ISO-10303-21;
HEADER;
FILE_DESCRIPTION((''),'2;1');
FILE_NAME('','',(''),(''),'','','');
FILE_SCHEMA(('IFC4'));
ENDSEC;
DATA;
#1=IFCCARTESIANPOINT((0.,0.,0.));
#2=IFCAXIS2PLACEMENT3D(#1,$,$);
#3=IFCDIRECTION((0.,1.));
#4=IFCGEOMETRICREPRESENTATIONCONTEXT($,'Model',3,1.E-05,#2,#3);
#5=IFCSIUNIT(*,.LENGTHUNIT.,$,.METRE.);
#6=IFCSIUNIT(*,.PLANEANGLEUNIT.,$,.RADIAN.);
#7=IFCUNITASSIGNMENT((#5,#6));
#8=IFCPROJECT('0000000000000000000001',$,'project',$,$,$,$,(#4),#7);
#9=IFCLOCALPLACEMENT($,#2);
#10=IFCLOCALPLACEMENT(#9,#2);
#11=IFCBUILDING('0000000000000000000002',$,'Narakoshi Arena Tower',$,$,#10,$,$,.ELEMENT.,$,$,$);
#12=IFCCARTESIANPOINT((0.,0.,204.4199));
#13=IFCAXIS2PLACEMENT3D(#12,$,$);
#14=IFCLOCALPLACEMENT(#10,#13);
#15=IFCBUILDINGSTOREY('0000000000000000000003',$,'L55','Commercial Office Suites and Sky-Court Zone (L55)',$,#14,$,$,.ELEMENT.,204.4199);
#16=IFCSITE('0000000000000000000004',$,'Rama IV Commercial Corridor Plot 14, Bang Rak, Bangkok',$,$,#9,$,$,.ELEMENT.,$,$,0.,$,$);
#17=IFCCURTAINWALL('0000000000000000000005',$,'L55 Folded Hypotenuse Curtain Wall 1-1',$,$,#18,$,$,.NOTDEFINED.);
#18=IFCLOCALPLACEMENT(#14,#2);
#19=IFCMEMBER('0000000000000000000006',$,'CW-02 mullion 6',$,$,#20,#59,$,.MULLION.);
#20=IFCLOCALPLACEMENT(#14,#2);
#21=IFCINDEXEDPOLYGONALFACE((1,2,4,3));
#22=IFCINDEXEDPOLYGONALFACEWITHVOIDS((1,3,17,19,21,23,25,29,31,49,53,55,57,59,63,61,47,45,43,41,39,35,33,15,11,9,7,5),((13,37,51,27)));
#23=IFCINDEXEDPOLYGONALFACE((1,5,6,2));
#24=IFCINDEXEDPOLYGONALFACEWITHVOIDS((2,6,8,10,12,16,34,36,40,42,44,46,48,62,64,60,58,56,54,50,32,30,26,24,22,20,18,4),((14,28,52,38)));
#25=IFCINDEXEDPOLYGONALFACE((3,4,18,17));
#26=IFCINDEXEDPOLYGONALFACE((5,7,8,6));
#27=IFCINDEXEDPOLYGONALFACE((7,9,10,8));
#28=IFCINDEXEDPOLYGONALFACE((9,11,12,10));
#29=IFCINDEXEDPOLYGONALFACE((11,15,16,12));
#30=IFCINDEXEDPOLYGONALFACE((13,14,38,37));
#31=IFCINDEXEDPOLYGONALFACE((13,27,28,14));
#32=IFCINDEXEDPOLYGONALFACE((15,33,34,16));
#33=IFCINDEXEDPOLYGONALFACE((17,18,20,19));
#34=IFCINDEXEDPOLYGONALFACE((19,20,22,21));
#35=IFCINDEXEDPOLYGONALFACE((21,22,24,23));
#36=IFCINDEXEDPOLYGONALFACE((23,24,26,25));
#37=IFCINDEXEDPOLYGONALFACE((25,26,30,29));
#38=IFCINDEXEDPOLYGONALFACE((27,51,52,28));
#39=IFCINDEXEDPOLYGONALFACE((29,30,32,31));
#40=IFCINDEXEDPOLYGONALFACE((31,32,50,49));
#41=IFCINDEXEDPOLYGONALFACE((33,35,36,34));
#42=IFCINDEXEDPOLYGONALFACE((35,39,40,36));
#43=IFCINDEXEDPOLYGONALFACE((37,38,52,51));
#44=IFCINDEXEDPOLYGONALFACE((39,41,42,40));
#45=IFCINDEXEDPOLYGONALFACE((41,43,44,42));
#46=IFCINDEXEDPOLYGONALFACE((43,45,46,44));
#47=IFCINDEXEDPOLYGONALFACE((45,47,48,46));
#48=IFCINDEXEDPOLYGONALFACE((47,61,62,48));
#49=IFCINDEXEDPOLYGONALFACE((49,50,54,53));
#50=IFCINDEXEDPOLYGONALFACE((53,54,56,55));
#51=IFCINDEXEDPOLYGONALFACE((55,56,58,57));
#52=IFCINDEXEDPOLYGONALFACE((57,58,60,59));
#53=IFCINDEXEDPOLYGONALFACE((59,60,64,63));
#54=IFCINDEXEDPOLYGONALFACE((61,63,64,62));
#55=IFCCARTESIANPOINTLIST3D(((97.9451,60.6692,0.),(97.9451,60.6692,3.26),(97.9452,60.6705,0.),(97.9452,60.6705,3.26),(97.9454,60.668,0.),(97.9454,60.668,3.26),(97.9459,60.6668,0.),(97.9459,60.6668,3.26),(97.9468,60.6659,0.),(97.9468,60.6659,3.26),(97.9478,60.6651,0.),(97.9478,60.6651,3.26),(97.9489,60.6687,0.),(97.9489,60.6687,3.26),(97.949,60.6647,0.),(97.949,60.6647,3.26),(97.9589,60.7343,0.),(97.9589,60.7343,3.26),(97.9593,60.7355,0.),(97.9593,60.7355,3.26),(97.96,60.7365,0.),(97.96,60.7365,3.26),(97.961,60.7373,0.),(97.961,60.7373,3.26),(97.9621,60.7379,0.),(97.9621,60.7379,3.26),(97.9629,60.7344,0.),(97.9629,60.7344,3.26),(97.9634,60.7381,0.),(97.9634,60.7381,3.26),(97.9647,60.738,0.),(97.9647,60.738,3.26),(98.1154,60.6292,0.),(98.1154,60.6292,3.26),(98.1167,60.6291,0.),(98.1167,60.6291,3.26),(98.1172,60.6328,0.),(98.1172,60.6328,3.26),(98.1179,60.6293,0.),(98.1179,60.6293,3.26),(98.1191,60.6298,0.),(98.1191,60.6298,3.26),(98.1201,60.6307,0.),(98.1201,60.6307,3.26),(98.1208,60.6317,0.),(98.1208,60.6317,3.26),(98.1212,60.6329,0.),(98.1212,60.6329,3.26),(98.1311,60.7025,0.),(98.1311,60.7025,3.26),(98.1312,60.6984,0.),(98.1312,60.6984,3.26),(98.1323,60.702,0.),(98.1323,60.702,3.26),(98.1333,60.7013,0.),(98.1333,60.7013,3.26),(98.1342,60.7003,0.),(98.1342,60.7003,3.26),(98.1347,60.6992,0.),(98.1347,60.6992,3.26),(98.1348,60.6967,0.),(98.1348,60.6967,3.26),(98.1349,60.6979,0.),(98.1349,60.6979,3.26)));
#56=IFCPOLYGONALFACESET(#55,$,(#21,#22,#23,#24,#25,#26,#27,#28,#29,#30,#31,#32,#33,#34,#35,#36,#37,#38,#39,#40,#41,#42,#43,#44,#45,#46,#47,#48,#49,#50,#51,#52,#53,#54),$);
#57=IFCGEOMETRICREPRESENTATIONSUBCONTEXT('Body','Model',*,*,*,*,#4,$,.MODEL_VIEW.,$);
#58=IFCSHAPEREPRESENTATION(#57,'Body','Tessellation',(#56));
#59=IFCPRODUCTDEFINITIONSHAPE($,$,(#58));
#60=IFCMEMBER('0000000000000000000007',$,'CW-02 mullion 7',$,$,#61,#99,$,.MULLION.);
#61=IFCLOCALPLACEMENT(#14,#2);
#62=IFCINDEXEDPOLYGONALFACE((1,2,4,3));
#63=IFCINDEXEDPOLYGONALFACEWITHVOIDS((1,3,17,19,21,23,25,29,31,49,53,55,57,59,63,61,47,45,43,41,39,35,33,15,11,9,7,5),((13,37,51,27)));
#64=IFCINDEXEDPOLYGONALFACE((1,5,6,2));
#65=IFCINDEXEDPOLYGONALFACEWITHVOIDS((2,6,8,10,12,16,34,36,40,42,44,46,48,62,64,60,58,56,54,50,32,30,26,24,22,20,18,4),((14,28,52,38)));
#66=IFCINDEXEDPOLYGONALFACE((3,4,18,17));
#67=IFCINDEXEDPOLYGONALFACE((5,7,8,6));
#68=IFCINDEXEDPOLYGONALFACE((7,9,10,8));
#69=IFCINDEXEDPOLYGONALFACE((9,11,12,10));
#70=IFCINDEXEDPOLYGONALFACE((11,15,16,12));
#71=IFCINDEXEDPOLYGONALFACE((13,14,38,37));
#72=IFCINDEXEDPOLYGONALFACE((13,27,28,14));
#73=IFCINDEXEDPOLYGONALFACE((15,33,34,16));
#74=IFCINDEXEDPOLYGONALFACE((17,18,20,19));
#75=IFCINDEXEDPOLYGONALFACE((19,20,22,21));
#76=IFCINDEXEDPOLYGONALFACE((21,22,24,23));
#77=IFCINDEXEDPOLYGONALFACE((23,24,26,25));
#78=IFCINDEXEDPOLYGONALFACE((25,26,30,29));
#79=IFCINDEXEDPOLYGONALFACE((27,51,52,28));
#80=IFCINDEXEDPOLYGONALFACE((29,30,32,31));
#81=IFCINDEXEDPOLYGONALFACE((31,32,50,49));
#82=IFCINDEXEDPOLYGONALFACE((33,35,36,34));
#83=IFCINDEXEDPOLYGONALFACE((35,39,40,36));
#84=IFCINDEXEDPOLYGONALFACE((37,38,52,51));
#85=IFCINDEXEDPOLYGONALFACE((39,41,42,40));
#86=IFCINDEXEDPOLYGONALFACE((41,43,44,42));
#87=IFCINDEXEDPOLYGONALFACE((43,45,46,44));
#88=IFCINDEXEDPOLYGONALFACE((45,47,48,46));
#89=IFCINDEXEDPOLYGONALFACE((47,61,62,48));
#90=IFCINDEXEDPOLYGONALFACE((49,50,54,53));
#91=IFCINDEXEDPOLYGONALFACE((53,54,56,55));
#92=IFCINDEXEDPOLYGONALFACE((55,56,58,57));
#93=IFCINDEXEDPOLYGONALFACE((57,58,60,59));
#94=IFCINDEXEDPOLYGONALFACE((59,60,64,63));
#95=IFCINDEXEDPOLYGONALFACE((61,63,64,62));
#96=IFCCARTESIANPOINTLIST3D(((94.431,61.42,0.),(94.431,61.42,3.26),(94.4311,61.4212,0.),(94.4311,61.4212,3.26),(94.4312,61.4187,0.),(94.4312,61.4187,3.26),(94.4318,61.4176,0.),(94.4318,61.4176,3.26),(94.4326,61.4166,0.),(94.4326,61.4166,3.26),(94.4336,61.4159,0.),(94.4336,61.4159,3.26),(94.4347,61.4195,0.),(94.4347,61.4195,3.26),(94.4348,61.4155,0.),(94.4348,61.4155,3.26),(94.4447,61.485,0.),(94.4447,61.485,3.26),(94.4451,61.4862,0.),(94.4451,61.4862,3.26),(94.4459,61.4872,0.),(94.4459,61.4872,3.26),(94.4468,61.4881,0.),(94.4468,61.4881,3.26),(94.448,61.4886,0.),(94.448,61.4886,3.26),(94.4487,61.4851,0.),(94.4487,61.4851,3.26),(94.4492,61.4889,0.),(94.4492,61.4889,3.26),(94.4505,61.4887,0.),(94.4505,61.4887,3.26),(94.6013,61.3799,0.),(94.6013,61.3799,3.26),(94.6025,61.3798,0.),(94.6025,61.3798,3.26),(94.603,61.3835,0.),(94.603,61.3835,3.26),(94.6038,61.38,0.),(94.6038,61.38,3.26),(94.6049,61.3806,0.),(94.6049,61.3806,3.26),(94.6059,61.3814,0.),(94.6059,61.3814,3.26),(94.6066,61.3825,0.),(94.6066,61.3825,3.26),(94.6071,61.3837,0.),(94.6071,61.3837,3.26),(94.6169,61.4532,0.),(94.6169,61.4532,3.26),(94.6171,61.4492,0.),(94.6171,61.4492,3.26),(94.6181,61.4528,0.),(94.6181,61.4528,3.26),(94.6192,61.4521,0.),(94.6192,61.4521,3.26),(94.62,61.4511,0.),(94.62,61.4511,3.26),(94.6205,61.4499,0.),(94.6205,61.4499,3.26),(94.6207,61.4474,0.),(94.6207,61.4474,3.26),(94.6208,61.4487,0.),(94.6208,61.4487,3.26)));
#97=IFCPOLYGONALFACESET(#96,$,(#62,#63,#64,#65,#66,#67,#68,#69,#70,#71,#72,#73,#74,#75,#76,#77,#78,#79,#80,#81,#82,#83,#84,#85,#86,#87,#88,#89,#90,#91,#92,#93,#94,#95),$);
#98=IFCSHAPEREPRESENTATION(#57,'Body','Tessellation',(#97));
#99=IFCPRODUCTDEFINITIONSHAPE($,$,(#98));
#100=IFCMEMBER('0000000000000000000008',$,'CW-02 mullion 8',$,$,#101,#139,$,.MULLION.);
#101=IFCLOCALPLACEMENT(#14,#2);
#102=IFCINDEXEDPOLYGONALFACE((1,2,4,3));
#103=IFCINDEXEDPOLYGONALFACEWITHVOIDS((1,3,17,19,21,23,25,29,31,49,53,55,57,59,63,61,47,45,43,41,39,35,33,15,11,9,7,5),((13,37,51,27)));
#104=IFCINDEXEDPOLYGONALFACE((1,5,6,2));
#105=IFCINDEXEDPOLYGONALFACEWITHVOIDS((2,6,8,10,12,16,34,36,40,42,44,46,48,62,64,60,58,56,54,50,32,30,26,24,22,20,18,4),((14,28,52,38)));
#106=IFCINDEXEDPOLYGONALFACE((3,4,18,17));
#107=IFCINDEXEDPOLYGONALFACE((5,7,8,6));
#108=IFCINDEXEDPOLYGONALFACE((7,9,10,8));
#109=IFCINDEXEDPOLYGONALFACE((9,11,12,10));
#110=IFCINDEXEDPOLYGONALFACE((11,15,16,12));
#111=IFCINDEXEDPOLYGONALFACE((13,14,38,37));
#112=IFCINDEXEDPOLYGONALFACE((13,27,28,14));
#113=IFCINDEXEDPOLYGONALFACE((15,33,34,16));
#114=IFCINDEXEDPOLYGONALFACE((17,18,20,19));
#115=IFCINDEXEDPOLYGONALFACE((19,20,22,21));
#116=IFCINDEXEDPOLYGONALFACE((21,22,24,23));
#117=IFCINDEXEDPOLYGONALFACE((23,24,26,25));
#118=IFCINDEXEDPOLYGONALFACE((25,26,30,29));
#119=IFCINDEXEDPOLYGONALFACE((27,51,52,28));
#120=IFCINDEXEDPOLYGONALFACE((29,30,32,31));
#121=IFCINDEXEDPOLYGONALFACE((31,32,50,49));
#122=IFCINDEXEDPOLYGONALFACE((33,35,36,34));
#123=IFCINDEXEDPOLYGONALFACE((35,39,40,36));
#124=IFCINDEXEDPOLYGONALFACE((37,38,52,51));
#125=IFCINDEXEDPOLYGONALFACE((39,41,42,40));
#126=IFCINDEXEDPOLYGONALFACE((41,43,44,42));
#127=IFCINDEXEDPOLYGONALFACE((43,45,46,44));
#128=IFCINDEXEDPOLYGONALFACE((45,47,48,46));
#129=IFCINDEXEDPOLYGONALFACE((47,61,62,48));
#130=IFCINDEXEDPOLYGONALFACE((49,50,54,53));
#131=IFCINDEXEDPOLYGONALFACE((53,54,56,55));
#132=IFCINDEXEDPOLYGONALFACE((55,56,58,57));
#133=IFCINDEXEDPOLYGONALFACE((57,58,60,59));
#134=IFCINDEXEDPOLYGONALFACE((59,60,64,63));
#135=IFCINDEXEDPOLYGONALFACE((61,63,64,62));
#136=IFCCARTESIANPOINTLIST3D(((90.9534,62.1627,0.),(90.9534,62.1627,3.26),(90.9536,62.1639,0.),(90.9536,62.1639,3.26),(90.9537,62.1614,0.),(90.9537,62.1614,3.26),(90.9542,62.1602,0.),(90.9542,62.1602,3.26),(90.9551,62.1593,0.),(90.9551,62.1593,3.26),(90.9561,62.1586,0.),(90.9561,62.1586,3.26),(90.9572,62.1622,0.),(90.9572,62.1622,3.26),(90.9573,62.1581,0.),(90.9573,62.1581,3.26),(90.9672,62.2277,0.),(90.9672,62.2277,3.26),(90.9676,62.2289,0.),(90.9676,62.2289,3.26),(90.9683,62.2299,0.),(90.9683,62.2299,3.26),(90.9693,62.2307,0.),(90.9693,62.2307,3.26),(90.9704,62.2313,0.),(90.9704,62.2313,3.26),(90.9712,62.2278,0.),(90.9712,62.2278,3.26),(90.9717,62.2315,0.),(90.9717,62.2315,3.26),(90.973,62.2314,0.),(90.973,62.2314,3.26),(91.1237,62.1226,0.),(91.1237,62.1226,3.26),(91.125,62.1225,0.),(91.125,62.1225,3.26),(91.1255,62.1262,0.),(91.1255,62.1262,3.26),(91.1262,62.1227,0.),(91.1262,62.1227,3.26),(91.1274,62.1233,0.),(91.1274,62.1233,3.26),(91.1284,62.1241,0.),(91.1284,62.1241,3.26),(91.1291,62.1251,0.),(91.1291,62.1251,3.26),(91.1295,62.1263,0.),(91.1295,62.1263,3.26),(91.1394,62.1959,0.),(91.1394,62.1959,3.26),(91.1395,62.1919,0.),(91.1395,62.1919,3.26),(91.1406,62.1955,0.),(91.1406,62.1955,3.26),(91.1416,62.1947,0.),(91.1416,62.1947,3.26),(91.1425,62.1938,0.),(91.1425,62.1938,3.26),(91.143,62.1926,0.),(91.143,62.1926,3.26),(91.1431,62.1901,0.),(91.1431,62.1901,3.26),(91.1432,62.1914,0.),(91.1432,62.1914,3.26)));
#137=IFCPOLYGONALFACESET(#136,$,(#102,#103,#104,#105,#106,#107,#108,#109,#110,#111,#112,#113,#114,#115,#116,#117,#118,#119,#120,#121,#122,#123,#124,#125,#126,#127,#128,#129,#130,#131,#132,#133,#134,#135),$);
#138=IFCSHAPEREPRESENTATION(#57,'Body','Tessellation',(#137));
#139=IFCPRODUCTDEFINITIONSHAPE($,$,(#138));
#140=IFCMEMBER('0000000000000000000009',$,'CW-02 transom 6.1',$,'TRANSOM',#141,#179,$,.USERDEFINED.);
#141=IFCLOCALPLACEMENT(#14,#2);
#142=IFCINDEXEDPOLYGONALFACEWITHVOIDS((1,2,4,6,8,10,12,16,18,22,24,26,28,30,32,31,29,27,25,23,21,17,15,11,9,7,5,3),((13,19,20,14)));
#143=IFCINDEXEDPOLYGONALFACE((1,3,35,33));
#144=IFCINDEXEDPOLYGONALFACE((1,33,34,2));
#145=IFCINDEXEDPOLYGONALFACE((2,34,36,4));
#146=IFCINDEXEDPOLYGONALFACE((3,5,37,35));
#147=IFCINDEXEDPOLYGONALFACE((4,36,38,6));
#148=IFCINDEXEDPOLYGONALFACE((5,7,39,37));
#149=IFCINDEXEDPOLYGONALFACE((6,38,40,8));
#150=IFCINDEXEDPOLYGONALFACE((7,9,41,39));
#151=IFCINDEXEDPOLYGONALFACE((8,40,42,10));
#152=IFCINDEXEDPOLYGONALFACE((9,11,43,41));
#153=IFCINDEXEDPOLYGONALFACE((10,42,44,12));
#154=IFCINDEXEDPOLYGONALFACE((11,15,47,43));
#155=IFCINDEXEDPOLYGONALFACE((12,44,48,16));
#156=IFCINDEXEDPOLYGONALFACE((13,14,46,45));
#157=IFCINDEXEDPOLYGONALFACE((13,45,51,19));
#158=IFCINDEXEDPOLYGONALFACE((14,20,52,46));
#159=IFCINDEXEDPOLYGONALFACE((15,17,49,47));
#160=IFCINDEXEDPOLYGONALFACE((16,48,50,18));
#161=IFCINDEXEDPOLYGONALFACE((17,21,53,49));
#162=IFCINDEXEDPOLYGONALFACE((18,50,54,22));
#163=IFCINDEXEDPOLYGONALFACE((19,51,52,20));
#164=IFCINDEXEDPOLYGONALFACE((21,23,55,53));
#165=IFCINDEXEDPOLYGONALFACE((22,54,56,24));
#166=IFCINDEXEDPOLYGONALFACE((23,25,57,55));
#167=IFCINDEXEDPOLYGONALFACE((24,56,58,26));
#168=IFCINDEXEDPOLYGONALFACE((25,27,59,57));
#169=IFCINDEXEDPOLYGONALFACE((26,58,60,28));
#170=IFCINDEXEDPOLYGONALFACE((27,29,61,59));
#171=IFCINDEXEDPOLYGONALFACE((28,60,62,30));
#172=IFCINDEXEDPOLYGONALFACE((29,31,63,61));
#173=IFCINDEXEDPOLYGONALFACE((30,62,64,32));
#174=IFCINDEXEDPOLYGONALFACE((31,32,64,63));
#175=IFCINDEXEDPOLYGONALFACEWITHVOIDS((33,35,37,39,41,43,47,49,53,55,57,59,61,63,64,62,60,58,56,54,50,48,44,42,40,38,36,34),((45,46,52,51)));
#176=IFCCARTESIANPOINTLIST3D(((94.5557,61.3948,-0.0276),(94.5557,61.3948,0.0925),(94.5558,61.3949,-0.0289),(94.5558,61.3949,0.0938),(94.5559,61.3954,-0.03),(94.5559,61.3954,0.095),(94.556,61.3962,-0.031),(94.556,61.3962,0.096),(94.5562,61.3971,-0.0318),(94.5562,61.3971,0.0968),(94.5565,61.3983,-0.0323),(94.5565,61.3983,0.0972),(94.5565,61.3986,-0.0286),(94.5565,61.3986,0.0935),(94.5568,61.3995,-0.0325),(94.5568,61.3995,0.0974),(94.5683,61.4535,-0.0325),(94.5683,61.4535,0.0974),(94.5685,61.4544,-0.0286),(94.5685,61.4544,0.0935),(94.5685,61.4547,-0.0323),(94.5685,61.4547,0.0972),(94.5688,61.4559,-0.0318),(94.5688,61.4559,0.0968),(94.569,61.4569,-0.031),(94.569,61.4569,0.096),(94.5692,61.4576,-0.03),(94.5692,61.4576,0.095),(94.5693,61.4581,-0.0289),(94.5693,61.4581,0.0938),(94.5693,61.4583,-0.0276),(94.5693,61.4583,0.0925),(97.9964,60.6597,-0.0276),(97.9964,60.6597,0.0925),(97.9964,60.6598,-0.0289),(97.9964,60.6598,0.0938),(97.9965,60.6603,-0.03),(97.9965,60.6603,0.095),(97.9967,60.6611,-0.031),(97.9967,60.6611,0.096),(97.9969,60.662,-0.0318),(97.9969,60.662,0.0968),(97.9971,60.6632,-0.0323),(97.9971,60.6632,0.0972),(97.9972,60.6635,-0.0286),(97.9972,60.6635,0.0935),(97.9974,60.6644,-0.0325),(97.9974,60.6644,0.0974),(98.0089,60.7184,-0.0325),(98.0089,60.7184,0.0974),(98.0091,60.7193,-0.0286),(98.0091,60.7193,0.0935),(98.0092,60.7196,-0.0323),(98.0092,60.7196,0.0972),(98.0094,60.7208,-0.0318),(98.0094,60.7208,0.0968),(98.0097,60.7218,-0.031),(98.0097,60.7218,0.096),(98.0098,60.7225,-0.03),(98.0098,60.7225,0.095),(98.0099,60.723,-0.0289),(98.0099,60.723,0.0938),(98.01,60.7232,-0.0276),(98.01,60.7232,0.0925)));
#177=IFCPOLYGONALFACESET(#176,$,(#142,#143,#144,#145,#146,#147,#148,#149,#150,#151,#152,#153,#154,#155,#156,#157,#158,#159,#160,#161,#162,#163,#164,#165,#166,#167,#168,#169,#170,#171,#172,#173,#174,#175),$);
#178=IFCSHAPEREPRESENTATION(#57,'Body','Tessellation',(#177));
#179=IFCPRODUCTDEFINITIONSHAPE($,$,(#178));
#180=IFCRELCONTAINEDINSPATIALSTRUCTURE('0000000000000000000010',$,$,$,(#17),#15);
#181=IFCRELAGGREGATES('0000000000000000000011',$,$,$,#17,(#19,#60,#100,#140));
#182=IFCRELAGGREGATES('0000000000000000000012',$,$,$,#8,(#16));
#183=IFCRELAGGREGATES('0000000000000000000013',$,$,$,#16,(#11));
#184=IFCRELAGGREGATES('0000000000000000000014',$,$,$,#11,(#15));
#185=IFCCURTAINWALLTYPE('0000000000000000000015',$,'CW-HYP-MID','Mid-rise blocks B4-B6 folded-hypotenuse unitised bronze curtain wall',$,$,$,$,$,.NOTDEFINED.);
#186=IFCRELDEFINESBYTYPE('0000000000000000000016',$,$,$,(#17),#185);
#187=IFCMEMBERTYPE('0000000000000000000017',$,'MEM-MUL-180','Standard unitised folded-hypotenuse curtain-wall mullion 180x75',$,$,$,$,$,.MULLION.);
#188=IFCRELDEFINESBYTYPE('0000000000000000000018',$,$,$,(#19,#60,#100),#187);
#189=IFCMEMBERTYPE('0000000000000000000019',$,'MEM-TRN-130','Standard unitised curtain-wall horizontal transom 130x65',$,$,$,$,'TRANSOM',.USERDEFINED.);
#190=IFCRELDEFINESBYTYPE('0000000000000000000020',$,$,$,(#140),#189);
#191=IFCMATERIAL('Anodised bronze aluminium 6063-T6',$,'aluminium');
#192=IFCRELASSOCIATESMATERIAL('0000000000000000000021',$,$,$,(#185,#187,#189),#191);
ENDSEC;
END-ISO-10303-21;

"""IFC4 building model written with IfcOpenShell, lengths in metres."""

from ifc_helpers import new_model, si_unit, direction, frame, origin, origin_2d, place, context, subcontext, project, spatial, hollow_rectangle, extrude, material, material_profile, profile_set, type_object, element, aggregate, save


model = new_model("IFC4")

# Units and contexts
model_context = context("Model", 3, precision=1e-05, world=origin(), true_north=direction((0.0, 1.0)))
body_context = subcontext(model_context, "Body", "Model", "MODEL_VIEW")
ifc_project = project(units=[si_unit("LENGTHUNIT", "METRE"), si_unit("PLANEANGLEUNIT", "RADIAN")], contexts=[model_context])

# Site, building, storey
site_placement = place(None, origin())
site = spatial("IfcSite", under=ifc_project, at=site_placement, Name="Rama IV Commercial Corridor Plot 14, Bang Rak, Bangkok", CompositionType="ELEMENT", RefElevation=0.0)
building_placement = place(site_placement, origin())
building = spatial("IfcBuilding", under=site, at=building_placement, Name="Narakoshi Arena Tower", CompositionType="ELEMENT")
storey_placement = place(building_placement, frame((0.0, 0.0, 204.4199)))
storey = spatial("IfcBuildingStorey", under=building, at=storey_placement, Name="L55", Description="Commercial Office Suites and Sky-Court Zone (L55)", CompositionType="ELEMENT", Elevation=204.4199)

# Curtain wall, members
ifc_material_1 = material(Name="Anodised bronze aluminium 6063-T6", Category="aluminium")
curtain_wall_type = type_object("IfcCurtainWallType", Name="CW-HYP-MID", Description="Mid-rise blocks B4-B6 folded-hypotenuse unitised bronze curtain wall", PredefinedType="NOTDEFINED", material=ifc_material_1)
curtain_wall_placement = place(storey_placement, origin())
curtain_wall = element("IfcCurtainWall", 1, at=curtain_wall_placement, inside=storey, type_object=curtain_wall_type, Name="L55 Folded Hypotenuse Curtain Wall 1-1", PredefinedType="NOTDEFINED")
ifc_material_profile_1 = material_profile(ifc_material_1, hollow_rectangle(XDim=0.075, YDim=0.1799, WallThickness=0.0039, OuterFilletRadius=0.0049, at=origin_2d()), Name="MUL180x75x4")
ifc_profile_set_1 = profile_set([ifc_material_profile_1], Name="Anodised bronze aluminium 6063-T6")
member_type_1 = type_object("IfcMemberType", Name="MEM-MUL-180", Description="Standard unitised folded-hypotenuse curtain-wall mullion 180x75", PredefinedType="MULLION", material=ifc_profile_set_1)
member_1_placement = place(storey_placement, frame((98.04, 60.6836, 0.0), z_axis=(0.0, 0.0, 1.0), x_axis=(-0.208899, -0.977937, 0.0)))
member_1 = element("IfcMember", 2, at=member_1_placement, type_object=member_type_1, Name="CW-02 mullion 6", PredefinedType="MULLION", context=body_context, shape_type="SweptSolid", body=[
    extrude(hollow_rectangle(XDim=0.075, YDim=0.1799, WallThickness=0.0039, OuterFilletRadius=0.0049, at=origin_2d()), origin(), (0.0, 0.0, 1.0), 3.26),
])
member_2_placement = place(storey_placement, frame((94.5259, 61.4343, 0.0), z_axis=(0.0, 0.0, 1.0), x_axis=(-0.208899, -0.977937, 0.0)))
member_2 = element("IfcMember", 3, at=member_2_placement, type_object=member_type_1, Name="CW-02 mullion 7", PredefinedType="MULLION", context=body_context, shape_type="SweptSolid", body=[
    extrude(hollow_rectangle(XDim=0.075, YDim=0.1799, WallThickness=0.0039, OuterFilletRadius=0.0049, at=origin_2d()), origin(), (0.0, 0.0, 1.0), 3.26),
])
member_3_placement = place(storey_placement, frame((91.0483, 62.177, 0.0), z_axis=(0.0, 0.0, 1.0), x_axis=(-0.208899, -0.977937, 0.0)))
member_3 = element("IfcMember", 4, at=member_3_placement, type_object=member_type_1, Name="CW-02 mullion 8", PredefinedType="MULLION", context=body_context, shape_type="SweptSolid", body=[
    extrude(hollow_rectangle(XDim=0.075, YDim=0.1799, WallThickness=0.0039, OuterFilletRadius=0.0049, at=origin_2d()), origin(), (0.0, 0.0, 1.0), 3.26),
])
ifc_material_profile_2 = material_profile(ifc_material_1, hollow_rectangle(XDim=0.0649, YDim=0.1299, WallThickness=0.0039, OuterFilletRadius=0.0049, at=origin_2d()), Name="TRN130x65x4")
ifc_profile_set_2 = profile_set([ifc_material_profile_2], Name="Anodised bronze aluminium 6063-T6")
member_type_2 = type_object("IfcMemberType", Name="MEM-TRN-130", Description="Standard unitised curtain-wall horizontal transom 130x65", ElementType="TRANSOM", PredefinedType="USERDEFINED", material=ifc_profile_set_2)
member_4_placement = place(storey_placement, frame((98.0032, 60.6914, 0.0325), z_axis=(-0.977929, 0.208937, 0.0), x_axis=(-0.208937, -0.977929, 0.0)))
member_4 = element("IfcMember", 5, at=member_4_placement, type_object=member_type_2, Name="CW-02 transom 6.1", ObjectType="TRANSOM", PredefinedType="USERDEFINED", context=body_context, shape_type="SweptSolid", body=[
    extrude(hollow_rectangle(XDim=0.0649, YDim=0.1299, WallThickness=0.0039, OuterFilletRadius=0.0049, at=origin_2d()), origin(), (0.0, 0.0, 1.0), 3.5183),
])
aggregate(curtain_wall, [member_1, member_2, member_3, member_4])

save(model, "model.ifc")
